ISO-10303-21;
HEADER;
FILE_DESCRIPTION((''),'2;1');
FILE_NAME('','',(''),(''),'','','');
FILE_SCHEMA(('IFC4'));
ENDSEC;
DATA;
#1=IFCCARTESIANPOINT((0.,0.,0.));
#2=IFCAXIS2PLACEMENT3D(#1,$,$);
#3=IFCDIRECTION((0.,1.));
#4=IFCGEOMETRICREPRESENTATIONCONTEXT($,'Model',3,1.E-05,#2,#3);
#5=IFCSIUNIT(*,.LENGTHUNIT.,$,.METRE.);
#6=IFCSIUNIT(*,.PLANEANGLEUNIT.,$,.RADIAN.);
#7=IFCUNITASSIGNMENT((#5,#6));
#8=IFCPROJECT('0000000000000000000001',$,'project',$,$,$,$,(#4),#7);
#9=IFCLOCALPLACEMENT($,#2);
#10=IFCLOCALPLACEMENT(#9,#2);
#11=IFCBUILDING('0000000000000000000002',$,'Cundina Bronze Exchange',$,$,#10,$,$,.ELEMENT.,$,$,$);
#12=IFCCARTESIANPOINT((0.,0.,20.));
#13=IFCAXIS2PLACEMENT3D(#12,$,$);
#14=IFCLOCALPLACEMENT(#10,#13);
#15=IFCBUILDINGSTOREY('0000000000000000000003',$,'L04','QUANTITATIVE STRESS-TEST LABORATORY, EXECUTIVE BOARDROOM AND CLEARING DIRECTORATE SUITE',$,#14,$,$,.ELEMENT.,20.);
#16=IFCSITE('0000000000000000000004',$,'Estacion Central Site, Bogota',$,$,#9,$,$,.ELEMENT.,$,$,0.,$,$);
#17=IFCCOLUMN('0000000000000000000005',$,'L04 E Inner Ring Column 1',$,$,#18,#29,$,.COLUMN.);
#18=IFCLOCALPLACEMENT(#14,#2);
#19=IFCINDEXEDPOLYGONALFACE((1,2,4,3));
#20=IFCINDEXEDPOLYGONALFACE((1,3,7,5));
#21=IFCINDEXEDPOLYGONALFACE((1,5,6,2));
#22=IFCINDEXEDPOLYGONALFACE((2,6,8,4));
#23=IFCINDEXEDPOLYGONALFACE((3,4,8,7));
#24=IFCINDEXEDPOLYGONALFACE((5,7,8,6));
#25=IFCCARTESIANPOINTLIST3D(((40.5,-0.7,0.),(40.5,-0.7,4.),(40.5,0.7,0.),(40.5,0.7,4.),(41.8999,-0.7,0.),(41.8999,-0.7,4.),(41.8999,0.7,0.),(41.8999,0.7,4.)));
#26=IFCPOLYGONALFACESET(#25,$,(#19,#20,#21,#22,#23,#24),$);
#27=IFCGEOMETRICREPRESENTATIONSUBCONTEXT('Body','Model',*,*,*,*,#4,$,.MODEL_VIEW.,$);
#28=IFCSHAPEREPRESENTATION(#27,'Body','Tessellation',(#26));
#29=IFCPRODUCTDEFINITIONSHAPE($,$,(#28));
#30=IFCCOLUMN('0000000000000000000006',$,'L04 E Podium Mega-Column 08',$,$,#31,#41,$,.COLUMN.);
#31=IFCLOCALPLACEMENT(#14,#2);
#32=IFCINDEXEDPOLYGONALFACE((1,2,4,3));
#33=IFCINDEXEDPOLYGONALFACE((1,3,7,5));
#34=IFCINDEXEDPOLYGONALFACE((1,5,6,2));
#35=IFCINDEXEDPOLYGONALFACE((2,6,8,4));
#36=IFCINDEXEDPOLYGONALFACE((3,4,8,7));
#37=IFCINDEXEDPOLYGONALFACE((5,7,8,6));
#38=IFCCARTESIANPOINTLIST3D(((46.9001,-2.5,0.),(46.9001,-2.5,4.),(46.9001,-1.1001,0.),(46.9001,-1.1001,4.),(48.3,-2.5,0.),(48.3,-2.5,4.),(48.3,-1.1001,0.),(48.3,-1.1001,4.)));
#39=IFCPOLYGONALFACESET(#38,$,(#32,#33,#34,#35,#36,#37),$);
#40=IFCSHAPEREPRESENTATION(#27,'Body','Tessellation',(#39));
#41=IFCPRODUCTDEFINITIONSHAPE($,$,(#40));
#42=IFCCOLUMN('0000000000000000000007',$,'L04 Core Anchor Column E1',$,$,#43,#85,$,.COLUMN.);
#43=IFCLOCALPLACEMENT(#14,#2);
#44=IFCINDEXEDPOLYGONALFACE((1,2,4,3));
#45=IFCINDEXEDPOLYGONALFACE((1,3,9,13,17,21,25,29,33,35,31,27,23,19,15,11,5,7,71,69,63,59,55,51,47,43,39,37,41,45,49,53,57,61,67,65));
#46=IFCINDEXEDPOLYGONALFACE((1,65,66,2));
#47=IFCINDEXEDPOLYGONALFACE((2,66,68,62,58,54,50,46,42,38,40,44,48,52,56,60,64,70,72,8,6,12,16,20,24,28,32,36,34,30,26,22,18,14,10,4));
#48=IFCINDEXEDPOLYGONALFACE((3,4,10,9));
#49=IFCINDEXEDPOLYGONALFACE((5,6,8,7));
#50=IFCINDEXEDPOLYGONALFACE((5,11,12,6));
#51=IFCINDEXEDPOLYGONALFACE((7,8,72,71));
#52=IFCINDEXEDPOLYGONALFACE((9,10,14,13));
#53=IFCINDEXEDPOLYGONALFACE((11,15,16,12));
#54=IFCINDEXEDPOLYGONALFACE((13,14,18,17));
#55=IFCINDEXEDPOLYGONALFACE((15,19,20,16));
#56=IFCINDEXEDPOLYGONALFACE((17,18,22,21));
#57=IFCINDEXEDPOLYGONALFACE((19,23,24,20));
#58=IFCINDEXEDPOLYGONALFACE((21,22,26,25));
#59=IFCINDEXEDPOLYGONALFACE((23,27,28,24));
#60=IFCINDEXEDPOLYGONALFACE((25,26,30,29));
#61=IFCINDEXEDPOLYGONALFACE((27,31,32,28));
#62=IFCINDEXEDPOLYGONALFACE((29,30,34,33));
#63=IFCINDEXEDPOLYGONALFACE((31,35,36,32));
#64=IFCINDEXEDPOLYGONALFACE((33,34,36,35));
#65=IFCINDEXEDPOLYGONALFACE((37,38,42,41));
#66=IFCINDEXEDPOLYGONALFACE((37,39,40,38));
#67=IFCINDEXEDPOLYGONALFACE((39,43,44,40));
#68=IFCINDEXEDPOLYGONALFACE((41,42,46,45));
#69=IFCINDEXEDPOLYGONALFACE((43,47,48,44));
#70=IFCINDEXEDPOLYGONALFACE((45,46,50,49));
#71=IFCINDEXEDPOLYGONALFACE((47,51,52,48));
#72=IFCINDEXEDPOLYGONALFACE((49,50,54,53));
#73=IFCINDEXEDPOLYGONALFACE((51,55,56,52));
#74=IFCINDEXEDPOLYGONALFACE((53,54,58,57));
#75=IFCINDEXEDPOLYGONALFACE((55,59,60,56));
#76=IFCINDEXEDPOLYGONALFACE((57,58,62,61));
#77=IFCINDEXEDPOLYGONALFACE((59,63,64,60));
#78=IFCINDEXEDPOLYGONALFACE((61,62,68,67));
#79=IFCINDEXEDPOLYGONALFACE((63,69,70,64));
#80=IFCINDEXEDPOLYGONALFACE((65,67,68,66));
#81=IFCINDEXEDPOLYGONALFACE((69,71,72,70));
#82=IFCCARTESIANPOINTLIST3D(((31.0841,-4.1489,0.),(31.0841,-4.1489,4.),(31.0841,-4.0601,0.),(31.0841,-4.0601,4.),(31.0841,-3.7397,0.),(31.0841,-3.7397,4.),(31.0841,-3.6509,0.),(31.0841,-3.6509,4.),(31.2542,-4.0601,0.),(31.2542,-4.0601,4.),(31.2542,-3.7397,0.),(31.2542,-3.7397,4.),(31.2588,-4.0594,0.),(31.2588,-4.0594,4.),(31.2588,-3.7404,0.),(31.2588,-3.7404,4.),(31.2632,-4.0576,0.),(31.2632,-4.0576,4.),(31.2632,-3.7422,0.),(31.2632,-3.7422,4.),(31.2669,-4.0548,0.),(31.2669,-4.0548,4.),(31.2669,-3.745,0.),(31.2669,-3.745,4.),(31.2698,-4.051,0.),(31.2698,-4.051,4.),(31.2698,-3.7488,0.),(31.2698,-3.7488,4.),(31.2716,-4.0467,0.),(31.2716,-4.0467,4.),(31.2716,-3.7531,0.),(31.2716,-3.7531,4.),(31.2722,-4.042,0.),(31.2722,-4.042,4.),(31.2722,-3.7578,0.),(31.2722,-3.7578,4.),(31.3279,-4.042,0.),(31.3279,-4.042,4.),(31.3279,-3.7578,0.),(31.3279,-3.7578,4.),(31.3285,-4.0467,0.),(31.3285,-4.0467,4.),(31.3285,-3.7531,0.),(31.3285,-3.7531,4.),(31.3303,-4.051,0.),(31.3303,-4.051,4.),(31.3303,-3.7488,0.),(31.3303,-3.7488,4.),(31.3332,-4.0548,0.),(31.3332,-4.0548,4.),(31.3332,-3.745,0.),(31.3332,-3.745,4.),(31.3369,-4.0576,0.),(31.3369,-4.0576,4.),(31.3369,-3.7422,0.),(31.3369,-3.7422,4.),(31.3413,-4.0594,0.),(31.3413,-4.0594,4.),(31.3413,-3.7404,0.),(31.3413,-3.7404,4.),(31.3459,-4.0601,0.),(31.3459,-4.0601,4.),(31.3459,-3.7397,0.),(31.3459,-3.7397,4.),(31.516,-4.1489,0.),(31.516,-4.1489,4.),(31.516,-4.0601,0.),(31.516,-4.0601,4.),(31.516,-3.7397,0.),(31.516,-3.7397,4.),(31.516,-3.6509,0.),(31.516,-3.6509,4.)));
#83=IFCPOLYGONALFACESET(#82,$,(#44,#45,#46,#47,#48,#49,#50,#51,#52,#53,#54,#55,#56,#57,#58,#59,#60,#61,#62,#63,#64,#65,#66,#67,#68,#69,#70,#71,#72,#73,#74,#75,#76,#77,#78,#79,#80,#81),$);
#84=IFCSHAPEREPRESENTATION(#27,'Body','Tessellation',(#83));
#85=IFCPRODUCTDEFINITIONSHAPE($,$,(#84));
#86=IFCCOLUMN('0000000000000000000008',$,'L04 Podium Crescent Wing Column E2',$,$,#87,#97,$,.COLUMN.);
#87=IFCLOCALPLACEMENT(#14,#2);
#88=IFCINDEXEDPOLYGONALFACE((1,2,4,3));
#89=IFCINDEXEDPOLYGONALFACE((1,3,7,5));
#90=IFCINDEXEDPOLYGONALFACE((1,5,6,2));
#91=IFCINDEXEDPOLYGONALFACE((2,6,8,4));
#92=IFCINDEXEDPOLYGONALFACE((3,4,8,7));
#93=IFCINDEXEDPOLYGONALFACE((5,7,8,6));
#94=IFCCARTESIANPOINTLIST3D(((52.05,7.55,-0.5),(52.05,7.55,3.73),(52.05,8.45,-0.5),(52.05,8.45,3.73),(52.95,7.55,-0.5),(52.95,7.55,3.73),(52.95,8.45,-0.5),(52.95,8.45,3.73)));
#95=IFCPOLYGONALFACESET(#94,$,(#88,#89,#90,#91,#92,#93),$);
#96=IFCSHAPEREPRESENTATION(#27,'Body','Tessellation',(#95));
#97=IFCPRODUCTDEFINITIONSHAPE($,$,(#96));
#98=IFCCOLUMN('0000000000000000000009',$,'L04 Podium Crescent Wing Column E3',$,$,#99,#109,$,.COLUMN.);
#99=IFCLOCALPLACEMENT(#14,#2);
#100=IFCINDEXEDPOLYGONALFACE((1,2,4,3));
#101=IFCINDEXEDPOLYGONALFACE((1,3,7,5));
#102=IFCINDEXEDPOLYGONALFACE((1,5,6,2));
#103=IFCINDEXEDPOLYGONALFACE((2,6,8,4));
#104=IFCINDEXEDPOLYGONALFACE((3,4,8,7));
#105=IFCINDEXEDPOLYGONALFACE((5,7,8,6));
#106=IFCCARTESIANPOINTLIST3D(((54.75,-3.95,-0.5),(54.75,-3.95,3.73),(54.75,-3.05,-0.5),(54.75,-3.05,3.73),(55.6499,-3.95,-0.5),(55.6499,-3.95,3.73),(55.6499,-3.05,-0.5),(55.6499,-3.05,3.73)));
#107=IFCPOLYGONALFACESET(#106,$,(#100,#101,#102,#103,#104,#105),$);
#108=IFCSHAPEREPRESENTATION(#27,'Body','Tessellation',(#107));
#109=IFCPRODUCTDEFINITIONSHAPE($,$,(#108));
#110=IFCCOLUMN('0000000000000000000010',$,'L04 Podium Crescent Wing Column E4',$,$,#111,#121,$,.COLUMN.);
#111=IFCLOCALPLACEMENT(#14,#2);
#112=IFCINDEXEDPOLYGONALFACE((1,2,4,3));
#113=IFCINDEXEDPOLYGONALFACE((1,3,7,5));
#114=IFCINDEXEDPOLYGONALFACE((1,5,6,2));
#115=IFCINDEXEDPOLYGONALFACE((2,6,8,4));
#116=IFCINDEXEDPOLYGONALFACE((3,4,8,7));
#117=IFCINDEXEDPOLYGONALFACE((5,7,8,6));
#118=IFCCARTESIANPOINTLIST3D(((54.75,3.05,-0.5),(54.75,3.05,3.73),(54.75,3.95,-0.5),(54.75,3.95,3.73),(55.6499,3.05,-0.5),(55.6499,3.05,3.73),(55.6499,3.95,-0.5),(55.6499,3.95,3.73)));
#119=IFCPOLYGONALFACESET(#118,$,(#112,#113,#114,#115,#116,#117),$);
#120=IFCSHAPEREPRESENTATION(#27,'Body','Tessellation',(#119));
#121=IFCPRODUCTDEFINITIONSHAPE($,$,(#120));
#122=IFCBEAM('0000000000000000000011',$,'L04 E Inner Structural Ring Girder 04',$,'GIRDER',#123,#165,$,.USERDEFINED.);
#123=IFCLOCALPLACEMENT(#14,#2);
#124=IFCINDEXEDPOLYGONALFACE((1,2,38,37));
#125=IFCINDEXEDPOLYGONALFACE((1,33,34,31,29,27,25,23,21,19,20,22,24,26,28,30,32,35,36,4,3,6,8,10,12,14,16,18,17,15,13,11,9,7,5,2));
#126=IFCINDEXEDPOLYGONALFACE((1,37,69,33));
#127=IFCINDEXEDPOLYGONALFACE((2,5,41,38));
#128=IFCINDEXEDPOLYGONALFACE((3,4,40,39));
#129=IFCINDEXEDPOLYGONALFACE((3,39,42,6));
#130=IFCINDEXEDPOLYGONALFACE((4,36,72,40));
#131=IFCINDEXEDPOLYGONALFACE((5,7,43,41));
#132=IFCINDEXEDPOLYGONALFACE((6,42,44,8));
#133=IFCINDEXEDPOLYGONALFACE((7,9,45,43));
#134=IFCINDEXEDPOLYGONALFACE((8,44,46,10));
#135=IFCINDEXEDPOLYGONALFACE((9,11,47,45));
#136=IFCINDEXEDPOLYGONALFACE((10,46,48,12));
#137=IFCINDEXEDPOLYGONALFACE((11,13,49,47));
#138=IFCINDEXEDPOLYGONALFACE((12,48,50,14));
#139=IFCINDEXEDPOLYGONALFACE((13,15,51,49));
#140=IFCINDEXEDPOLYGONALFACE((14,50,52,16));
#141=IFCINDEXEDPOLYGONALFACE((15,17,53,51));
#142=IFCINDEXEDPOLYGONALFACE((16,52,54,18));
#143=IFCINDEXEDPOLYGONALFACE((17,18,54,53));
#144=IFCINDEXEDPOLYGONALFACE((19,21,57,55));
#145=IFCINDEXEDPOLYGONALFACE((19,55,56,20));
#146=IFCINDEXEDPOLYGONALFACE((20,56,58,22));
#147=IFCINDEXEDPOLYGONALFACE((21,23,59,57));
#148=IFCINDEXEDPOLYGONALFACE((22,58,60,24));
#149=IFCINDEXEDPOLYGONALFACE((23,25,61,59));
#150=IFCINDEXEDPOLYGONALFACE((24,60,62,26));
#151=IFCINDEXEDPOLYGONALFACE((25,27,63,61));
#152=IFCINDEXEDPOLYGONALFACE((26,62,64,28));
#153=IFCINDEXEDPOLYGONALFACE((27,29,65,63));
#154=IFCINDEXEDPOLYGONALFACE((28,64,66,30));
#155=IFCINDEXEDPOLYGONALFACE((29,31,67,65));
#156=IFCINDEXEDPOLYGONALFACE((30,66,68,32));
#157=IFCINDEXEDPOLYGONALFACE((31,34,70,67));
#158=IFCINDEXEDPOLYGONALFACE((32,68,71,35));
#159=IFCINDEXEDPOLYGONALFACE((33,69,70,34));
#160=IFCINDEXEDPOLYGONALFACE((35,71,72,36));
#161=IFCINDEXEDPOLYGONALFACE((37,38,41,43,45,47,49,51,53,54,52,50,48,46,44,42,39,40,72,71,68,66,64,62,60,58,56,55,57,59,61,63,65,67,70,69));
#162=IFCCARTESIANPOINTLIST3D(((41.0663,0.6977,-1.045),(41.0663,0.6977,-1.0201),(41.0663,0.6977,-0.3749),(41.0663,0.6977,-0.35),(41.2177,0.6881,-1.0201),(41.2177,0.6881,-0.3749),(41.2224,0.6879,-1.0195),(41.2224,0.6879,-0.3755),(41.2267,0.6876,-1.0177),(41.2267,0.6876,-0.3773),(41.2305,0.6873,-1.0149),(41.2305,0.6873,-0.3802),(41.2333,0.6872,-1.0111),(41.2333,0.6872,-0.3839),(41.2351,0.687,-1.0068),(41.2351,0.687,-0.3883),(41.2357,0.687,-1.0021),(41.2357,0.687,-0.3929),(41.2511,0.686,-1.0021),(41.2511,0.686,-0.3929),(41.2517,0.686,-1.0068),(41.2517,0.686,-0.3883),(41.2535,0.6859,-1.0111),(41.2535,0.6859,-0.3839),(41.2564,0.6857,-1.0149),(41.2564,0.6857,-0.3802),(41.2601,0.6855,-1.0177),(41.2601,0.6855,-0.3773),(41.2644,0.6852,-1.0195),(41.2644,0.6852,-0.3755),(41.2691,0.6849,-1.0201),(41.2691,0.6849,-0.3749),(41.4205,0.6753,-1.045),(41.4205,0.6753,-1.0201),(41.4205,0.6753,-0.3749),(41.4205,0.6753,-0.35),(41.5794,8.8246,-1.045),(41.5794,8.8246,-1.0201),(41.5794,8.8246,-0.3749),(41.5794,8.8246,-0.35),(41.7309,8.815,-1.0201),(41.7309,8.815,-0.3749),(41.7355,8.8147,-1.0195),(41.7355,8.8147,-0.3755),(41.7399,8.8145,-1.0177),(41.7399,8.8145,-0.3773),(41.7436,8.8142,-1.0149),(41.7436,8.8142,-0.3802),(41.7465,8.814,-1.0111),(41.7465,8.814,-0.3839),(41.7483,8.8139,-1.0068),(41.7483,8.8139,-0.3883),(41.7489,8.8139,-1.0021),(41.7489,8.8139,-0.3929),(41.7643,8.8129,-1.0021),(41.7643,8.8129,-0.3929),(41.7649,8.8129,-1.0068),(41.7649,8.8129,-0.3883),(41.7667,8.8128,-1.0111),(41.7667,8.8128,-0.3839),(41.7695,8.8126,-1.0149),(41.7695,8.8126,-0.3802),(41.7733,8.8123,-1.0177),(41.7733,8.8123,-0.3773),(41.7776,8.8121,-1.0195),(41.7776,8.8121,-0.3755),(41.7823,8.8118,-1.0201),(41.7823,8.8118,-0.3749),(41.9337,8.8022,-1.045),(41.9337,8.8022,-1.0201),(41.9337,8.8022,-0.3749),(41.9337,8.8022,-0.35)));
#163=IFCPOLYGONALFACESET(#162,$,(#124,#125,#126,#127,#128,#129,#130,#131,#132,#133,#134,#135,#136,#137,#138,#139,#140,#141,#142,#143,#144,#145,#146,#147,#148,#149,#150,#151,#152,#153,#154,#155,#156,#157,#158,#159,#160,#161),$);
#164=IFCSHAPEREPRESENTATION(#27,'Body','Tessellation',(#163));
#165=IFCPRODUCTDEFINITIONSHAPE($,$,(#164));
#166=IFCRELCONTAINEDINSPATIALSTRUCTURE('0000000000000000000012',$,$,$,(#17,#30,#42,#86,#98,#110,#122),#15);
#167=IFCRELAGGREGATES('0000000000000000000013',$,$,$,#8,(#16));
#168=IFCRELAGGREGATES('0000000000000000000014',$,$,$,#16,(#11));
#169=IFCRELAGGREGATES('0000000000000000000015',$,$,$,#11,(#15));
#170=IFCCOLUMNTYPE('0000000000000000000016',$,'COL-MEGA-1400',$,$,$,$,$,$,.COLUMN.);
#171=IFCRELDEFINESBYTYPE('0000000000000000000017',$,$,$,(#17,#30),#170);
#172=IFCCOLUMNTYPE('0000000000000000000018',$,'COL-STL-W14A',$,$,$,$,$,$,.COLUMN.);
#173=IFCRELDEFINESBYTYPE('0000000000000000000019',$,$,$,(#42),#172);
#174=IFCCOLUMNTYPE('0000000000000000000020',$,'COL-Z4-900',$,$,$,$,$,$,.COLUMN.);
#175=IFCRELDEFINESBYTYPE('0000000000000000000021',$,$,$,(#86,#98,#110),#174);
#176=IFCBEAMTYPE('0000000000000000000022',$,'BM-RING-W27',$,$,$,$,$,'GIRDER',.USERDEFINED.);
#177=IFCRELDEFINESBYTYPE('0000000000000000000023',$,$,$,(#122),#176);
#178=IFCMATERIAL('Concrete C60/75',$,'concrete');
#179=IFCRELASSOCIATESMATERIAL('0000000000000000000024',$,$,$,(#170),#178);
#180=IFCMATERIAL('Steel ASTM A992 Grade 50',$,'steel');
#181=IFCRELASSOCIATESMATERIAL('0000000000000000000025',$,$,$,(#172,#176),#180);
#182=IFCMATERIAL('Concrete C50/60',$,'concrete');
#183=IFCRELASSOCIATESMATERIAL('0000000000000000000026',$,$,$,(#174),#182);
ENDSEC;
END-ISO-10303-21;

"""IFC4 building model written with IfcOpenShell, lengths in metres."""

from ifc_helpers import new_model, si_unit, direction, frame, origin, origin_2d, place, context, subcontext, project, spatial, rectangle, i_section, extrude, material, material_profile, profile_set, type_object, element, save


model = new_model("IFC4")

# Units and contexts
model_context = context("Model", 3, precision=1e-05, world=origin(), true_north=direction((0.0, 1.0)))
body_context = subcontext(model_context, "Body", "Model", "MODEL_VIEW")
ifc_project = project(units=[si_unit("LENGTHUNIT", "METRE"), si_unit("PLANEANGLEUNIT", "RADIAN")], contexts=[model_context])

# Site, building, storey
site_placement = place(None, origin())
site = spatial("IfcSite", under=ifc_project, at=site_placement, Name="Estacion Central Site, Bogota", CompositionType="ELEMENT", RefElevation=0.0)
building_placement = place(site_placement, origin())
building = spatial("IfcBuilding", under=site, at=building_placement, Name="Cundina Bronze Exchange", CompositionType="ELEMENT")
storey_placement = place(building_placement, frame((0.0, 0.0, 20.0)))
storey = spatial("IfcBuildingStorey", under=building, at=storey_placement, Name="L04", Description="QUANTITATIVE STRESS-TEST LABORATORY, EXECUTIVE BOARDROOM AND CLEARING DIRECTORATE SUITE", CompositionType="ELEMENT", Elevation=20.0)

# Columns
ifc_material_1 = material(Name="Concrete C60/75", Category="concrete")
ifc_material_profile_1 = material_profile(ifc_material_1, rectangle(XDim=1.3999, YDim=1.3999, at=origin_2d()), Name="RC1400X1400", Category="concrete")
ifc_profile_set_1 = profile_set([ifc_material_profile_1], Name="Concrete C60/75")
column_type_1 = type_object("IfcColumnType", Name="COL-MEGA-1400", PredefinedType="COLUMN", material=ifc_profile_set_1)
for number, where, z_axis, x_axis, name in (
    (1, (41.2, 0.0, 0.0), (0.0, 0.0, 1.0), (1.0, 0.0, 0.0), "L04 E Inner Ring Column 1"),
    (2, (47.6001, -1.8, 0.0), (0.0, 0.0, 1.0), (1.0, 0.0, 0.0), "L04 E Podium Mega-Column 08"),
):
    element("IfcColumn", number, at=place(storey_placement, frame(where, z_axis=z_axis, x_axis=x_axis)), inside=storey, type_object=column_type_1, Name=name, PredefinedType="COLUMN", context=body_context, shape_type="SweptSolid", body=[
        extrude(rectangle(XDim=1.3999, YDim=1.3999, at=origin_2d()), origin(), (0.0, 0.0, 1.0), 4.0),
    ])
ifc_material_2 = material(Name="Steel ASTM A992 Grade 50", Category="steel")
ifc_material_profile_2 = material_profile(ifc_material_2, i_section(OverallWidth=0.4319, OverallDepth=0.498, WebThickness=0.0557, FlangeThickness=0.0889, FilletRadius=0.0181, at=origin_2d()), Name="W14X500", Category="steel")
ifc_profile_set_2 = profile_set([ifc_material_profile_2], Name="Steel ASTM A992 Grade 50")
column_type_2 = type_object("IfcColumnType", Name="COL-STL-W14A", PredefinedType="COLUMN", material=ifc_profile_set_2)
column_placement = place(storey_placement, frame((31.3, -3.8999, 0.0), z_axis=(0.0, 0.0, 1.0), x_axis=(1.0, 0.0, 0.0)))
element("IfcColumn", 3, at=column_placement, inside=storey, type_object=column_type_2, Name="L04 Core Anchor Column E1", PredefinedType="COLUMN", context=body_context, shape_type="SweptSolid", body=[
    extrude(i_section(OverallWidth=0.4319, OverallDepth=0.498, WebThickness=0.0557, FlangeThickness=0.0889, FilletRadius=0.0181, at=origin_2d()), origin(), (0.0, 0.0, 1.0), 4.0),
])
ifc_material_3 = material(Name="Concrete C50/60", Category="concrete")
ifc_material_profile_3 = material_profile(ifc_material_3, rectangle(XDim=0.8999, YDim=0.8999, at=origin_2d()), Name="RC900X900", Category="concrete")
ifc_profile_set_3 = profile_set([ifc_material_profile_3], Name="Concrete C50/60")
column_type_3 = type_object("IfcColumnType", Name="COL-Z4-900", PredefinedType="COLUMN", material=ifc_profile_set_3)
for number, where, z_axis, x_axis, name in (
    (4, (52.5, 8.0, -0.5), (0.0, 0.0, 1.0), (1.0, 0.0, 0.0), "L04 Podium Crescent Wing Column E2"),
    (5, (55.2, -3.5, -0.5), (0.0, 0.0, 1.0), (1.0, 0.0, 0.0), "L04 Podium Crescent Wing Column E3"),
    (6, (55.2, 3.5, -0.5), (0.0, 0.0, 1.0), (1.0, 0.0, 0.0), "L04 Podium Crescent Wing Column E4"),
):
    element("IfcColumn", number, at=place(storey_placement, frame(where, z_axis=z_axis, x_axis=x_axis)), inside=storey, type_object=column_type_3, Name=name, PredefinedType="COLUMN", context=body_context, shape_type="SweptSolid", body=[
        extrude(rectangle(XDim=0.8999, YDim=0.8999, at=origin_2d()), origin(), (0.0, 0.0, 1.0), 4.23),
    ])

# Beam
ifc_material_profile_4 = material_profile(ifc_material_2, i_section(OverallWidth=0.355, OverallDepth=0.6951, WebThickness=0.0154, FlangeThickness=0.0249, FilletRadius=0.0181, at=origin_2d()), Name="W27X146", Category="steel")
ifc_profile_set_4 = profile_set([ifc_material_profile_4], Name="Steel ASTM A992 Grade 50")
beam_type_1 = type_object("IfcBeamType", Name="BM-RING-W27", ElementType="GIRDER", PredefinedType="USERDEFINED", material=ifc_profile_set_4)
beam_1_placement = place(storey_placement, frame((41.2434, 0.6865, -0.6975), z_axis=(0.06302, 0.998012, 0.0), x_axis=(-0.998012, 0.06302, 0.0)))
element("IfcBeam", 7, at=beam_1_placement, inside=storey, type_object=beam_type_1, Name="L04 E Inner Structural Ring Girder 04", ObjectType="GIRDER", PredefinedType="USERDEFINED", context=body_context, shape_type="SweptSolid", body=[
    extrude(i_section(OverallWidth=0.355, OverallDepth=0.6951, WebThickness=0.0154, FlangeThickness=0.0249, FilletRadius=0.0181, at=origin_2d()), origin(), (0.0, 0.0, 1.0), 8.1431),
])

save(model, "model.ifc")
